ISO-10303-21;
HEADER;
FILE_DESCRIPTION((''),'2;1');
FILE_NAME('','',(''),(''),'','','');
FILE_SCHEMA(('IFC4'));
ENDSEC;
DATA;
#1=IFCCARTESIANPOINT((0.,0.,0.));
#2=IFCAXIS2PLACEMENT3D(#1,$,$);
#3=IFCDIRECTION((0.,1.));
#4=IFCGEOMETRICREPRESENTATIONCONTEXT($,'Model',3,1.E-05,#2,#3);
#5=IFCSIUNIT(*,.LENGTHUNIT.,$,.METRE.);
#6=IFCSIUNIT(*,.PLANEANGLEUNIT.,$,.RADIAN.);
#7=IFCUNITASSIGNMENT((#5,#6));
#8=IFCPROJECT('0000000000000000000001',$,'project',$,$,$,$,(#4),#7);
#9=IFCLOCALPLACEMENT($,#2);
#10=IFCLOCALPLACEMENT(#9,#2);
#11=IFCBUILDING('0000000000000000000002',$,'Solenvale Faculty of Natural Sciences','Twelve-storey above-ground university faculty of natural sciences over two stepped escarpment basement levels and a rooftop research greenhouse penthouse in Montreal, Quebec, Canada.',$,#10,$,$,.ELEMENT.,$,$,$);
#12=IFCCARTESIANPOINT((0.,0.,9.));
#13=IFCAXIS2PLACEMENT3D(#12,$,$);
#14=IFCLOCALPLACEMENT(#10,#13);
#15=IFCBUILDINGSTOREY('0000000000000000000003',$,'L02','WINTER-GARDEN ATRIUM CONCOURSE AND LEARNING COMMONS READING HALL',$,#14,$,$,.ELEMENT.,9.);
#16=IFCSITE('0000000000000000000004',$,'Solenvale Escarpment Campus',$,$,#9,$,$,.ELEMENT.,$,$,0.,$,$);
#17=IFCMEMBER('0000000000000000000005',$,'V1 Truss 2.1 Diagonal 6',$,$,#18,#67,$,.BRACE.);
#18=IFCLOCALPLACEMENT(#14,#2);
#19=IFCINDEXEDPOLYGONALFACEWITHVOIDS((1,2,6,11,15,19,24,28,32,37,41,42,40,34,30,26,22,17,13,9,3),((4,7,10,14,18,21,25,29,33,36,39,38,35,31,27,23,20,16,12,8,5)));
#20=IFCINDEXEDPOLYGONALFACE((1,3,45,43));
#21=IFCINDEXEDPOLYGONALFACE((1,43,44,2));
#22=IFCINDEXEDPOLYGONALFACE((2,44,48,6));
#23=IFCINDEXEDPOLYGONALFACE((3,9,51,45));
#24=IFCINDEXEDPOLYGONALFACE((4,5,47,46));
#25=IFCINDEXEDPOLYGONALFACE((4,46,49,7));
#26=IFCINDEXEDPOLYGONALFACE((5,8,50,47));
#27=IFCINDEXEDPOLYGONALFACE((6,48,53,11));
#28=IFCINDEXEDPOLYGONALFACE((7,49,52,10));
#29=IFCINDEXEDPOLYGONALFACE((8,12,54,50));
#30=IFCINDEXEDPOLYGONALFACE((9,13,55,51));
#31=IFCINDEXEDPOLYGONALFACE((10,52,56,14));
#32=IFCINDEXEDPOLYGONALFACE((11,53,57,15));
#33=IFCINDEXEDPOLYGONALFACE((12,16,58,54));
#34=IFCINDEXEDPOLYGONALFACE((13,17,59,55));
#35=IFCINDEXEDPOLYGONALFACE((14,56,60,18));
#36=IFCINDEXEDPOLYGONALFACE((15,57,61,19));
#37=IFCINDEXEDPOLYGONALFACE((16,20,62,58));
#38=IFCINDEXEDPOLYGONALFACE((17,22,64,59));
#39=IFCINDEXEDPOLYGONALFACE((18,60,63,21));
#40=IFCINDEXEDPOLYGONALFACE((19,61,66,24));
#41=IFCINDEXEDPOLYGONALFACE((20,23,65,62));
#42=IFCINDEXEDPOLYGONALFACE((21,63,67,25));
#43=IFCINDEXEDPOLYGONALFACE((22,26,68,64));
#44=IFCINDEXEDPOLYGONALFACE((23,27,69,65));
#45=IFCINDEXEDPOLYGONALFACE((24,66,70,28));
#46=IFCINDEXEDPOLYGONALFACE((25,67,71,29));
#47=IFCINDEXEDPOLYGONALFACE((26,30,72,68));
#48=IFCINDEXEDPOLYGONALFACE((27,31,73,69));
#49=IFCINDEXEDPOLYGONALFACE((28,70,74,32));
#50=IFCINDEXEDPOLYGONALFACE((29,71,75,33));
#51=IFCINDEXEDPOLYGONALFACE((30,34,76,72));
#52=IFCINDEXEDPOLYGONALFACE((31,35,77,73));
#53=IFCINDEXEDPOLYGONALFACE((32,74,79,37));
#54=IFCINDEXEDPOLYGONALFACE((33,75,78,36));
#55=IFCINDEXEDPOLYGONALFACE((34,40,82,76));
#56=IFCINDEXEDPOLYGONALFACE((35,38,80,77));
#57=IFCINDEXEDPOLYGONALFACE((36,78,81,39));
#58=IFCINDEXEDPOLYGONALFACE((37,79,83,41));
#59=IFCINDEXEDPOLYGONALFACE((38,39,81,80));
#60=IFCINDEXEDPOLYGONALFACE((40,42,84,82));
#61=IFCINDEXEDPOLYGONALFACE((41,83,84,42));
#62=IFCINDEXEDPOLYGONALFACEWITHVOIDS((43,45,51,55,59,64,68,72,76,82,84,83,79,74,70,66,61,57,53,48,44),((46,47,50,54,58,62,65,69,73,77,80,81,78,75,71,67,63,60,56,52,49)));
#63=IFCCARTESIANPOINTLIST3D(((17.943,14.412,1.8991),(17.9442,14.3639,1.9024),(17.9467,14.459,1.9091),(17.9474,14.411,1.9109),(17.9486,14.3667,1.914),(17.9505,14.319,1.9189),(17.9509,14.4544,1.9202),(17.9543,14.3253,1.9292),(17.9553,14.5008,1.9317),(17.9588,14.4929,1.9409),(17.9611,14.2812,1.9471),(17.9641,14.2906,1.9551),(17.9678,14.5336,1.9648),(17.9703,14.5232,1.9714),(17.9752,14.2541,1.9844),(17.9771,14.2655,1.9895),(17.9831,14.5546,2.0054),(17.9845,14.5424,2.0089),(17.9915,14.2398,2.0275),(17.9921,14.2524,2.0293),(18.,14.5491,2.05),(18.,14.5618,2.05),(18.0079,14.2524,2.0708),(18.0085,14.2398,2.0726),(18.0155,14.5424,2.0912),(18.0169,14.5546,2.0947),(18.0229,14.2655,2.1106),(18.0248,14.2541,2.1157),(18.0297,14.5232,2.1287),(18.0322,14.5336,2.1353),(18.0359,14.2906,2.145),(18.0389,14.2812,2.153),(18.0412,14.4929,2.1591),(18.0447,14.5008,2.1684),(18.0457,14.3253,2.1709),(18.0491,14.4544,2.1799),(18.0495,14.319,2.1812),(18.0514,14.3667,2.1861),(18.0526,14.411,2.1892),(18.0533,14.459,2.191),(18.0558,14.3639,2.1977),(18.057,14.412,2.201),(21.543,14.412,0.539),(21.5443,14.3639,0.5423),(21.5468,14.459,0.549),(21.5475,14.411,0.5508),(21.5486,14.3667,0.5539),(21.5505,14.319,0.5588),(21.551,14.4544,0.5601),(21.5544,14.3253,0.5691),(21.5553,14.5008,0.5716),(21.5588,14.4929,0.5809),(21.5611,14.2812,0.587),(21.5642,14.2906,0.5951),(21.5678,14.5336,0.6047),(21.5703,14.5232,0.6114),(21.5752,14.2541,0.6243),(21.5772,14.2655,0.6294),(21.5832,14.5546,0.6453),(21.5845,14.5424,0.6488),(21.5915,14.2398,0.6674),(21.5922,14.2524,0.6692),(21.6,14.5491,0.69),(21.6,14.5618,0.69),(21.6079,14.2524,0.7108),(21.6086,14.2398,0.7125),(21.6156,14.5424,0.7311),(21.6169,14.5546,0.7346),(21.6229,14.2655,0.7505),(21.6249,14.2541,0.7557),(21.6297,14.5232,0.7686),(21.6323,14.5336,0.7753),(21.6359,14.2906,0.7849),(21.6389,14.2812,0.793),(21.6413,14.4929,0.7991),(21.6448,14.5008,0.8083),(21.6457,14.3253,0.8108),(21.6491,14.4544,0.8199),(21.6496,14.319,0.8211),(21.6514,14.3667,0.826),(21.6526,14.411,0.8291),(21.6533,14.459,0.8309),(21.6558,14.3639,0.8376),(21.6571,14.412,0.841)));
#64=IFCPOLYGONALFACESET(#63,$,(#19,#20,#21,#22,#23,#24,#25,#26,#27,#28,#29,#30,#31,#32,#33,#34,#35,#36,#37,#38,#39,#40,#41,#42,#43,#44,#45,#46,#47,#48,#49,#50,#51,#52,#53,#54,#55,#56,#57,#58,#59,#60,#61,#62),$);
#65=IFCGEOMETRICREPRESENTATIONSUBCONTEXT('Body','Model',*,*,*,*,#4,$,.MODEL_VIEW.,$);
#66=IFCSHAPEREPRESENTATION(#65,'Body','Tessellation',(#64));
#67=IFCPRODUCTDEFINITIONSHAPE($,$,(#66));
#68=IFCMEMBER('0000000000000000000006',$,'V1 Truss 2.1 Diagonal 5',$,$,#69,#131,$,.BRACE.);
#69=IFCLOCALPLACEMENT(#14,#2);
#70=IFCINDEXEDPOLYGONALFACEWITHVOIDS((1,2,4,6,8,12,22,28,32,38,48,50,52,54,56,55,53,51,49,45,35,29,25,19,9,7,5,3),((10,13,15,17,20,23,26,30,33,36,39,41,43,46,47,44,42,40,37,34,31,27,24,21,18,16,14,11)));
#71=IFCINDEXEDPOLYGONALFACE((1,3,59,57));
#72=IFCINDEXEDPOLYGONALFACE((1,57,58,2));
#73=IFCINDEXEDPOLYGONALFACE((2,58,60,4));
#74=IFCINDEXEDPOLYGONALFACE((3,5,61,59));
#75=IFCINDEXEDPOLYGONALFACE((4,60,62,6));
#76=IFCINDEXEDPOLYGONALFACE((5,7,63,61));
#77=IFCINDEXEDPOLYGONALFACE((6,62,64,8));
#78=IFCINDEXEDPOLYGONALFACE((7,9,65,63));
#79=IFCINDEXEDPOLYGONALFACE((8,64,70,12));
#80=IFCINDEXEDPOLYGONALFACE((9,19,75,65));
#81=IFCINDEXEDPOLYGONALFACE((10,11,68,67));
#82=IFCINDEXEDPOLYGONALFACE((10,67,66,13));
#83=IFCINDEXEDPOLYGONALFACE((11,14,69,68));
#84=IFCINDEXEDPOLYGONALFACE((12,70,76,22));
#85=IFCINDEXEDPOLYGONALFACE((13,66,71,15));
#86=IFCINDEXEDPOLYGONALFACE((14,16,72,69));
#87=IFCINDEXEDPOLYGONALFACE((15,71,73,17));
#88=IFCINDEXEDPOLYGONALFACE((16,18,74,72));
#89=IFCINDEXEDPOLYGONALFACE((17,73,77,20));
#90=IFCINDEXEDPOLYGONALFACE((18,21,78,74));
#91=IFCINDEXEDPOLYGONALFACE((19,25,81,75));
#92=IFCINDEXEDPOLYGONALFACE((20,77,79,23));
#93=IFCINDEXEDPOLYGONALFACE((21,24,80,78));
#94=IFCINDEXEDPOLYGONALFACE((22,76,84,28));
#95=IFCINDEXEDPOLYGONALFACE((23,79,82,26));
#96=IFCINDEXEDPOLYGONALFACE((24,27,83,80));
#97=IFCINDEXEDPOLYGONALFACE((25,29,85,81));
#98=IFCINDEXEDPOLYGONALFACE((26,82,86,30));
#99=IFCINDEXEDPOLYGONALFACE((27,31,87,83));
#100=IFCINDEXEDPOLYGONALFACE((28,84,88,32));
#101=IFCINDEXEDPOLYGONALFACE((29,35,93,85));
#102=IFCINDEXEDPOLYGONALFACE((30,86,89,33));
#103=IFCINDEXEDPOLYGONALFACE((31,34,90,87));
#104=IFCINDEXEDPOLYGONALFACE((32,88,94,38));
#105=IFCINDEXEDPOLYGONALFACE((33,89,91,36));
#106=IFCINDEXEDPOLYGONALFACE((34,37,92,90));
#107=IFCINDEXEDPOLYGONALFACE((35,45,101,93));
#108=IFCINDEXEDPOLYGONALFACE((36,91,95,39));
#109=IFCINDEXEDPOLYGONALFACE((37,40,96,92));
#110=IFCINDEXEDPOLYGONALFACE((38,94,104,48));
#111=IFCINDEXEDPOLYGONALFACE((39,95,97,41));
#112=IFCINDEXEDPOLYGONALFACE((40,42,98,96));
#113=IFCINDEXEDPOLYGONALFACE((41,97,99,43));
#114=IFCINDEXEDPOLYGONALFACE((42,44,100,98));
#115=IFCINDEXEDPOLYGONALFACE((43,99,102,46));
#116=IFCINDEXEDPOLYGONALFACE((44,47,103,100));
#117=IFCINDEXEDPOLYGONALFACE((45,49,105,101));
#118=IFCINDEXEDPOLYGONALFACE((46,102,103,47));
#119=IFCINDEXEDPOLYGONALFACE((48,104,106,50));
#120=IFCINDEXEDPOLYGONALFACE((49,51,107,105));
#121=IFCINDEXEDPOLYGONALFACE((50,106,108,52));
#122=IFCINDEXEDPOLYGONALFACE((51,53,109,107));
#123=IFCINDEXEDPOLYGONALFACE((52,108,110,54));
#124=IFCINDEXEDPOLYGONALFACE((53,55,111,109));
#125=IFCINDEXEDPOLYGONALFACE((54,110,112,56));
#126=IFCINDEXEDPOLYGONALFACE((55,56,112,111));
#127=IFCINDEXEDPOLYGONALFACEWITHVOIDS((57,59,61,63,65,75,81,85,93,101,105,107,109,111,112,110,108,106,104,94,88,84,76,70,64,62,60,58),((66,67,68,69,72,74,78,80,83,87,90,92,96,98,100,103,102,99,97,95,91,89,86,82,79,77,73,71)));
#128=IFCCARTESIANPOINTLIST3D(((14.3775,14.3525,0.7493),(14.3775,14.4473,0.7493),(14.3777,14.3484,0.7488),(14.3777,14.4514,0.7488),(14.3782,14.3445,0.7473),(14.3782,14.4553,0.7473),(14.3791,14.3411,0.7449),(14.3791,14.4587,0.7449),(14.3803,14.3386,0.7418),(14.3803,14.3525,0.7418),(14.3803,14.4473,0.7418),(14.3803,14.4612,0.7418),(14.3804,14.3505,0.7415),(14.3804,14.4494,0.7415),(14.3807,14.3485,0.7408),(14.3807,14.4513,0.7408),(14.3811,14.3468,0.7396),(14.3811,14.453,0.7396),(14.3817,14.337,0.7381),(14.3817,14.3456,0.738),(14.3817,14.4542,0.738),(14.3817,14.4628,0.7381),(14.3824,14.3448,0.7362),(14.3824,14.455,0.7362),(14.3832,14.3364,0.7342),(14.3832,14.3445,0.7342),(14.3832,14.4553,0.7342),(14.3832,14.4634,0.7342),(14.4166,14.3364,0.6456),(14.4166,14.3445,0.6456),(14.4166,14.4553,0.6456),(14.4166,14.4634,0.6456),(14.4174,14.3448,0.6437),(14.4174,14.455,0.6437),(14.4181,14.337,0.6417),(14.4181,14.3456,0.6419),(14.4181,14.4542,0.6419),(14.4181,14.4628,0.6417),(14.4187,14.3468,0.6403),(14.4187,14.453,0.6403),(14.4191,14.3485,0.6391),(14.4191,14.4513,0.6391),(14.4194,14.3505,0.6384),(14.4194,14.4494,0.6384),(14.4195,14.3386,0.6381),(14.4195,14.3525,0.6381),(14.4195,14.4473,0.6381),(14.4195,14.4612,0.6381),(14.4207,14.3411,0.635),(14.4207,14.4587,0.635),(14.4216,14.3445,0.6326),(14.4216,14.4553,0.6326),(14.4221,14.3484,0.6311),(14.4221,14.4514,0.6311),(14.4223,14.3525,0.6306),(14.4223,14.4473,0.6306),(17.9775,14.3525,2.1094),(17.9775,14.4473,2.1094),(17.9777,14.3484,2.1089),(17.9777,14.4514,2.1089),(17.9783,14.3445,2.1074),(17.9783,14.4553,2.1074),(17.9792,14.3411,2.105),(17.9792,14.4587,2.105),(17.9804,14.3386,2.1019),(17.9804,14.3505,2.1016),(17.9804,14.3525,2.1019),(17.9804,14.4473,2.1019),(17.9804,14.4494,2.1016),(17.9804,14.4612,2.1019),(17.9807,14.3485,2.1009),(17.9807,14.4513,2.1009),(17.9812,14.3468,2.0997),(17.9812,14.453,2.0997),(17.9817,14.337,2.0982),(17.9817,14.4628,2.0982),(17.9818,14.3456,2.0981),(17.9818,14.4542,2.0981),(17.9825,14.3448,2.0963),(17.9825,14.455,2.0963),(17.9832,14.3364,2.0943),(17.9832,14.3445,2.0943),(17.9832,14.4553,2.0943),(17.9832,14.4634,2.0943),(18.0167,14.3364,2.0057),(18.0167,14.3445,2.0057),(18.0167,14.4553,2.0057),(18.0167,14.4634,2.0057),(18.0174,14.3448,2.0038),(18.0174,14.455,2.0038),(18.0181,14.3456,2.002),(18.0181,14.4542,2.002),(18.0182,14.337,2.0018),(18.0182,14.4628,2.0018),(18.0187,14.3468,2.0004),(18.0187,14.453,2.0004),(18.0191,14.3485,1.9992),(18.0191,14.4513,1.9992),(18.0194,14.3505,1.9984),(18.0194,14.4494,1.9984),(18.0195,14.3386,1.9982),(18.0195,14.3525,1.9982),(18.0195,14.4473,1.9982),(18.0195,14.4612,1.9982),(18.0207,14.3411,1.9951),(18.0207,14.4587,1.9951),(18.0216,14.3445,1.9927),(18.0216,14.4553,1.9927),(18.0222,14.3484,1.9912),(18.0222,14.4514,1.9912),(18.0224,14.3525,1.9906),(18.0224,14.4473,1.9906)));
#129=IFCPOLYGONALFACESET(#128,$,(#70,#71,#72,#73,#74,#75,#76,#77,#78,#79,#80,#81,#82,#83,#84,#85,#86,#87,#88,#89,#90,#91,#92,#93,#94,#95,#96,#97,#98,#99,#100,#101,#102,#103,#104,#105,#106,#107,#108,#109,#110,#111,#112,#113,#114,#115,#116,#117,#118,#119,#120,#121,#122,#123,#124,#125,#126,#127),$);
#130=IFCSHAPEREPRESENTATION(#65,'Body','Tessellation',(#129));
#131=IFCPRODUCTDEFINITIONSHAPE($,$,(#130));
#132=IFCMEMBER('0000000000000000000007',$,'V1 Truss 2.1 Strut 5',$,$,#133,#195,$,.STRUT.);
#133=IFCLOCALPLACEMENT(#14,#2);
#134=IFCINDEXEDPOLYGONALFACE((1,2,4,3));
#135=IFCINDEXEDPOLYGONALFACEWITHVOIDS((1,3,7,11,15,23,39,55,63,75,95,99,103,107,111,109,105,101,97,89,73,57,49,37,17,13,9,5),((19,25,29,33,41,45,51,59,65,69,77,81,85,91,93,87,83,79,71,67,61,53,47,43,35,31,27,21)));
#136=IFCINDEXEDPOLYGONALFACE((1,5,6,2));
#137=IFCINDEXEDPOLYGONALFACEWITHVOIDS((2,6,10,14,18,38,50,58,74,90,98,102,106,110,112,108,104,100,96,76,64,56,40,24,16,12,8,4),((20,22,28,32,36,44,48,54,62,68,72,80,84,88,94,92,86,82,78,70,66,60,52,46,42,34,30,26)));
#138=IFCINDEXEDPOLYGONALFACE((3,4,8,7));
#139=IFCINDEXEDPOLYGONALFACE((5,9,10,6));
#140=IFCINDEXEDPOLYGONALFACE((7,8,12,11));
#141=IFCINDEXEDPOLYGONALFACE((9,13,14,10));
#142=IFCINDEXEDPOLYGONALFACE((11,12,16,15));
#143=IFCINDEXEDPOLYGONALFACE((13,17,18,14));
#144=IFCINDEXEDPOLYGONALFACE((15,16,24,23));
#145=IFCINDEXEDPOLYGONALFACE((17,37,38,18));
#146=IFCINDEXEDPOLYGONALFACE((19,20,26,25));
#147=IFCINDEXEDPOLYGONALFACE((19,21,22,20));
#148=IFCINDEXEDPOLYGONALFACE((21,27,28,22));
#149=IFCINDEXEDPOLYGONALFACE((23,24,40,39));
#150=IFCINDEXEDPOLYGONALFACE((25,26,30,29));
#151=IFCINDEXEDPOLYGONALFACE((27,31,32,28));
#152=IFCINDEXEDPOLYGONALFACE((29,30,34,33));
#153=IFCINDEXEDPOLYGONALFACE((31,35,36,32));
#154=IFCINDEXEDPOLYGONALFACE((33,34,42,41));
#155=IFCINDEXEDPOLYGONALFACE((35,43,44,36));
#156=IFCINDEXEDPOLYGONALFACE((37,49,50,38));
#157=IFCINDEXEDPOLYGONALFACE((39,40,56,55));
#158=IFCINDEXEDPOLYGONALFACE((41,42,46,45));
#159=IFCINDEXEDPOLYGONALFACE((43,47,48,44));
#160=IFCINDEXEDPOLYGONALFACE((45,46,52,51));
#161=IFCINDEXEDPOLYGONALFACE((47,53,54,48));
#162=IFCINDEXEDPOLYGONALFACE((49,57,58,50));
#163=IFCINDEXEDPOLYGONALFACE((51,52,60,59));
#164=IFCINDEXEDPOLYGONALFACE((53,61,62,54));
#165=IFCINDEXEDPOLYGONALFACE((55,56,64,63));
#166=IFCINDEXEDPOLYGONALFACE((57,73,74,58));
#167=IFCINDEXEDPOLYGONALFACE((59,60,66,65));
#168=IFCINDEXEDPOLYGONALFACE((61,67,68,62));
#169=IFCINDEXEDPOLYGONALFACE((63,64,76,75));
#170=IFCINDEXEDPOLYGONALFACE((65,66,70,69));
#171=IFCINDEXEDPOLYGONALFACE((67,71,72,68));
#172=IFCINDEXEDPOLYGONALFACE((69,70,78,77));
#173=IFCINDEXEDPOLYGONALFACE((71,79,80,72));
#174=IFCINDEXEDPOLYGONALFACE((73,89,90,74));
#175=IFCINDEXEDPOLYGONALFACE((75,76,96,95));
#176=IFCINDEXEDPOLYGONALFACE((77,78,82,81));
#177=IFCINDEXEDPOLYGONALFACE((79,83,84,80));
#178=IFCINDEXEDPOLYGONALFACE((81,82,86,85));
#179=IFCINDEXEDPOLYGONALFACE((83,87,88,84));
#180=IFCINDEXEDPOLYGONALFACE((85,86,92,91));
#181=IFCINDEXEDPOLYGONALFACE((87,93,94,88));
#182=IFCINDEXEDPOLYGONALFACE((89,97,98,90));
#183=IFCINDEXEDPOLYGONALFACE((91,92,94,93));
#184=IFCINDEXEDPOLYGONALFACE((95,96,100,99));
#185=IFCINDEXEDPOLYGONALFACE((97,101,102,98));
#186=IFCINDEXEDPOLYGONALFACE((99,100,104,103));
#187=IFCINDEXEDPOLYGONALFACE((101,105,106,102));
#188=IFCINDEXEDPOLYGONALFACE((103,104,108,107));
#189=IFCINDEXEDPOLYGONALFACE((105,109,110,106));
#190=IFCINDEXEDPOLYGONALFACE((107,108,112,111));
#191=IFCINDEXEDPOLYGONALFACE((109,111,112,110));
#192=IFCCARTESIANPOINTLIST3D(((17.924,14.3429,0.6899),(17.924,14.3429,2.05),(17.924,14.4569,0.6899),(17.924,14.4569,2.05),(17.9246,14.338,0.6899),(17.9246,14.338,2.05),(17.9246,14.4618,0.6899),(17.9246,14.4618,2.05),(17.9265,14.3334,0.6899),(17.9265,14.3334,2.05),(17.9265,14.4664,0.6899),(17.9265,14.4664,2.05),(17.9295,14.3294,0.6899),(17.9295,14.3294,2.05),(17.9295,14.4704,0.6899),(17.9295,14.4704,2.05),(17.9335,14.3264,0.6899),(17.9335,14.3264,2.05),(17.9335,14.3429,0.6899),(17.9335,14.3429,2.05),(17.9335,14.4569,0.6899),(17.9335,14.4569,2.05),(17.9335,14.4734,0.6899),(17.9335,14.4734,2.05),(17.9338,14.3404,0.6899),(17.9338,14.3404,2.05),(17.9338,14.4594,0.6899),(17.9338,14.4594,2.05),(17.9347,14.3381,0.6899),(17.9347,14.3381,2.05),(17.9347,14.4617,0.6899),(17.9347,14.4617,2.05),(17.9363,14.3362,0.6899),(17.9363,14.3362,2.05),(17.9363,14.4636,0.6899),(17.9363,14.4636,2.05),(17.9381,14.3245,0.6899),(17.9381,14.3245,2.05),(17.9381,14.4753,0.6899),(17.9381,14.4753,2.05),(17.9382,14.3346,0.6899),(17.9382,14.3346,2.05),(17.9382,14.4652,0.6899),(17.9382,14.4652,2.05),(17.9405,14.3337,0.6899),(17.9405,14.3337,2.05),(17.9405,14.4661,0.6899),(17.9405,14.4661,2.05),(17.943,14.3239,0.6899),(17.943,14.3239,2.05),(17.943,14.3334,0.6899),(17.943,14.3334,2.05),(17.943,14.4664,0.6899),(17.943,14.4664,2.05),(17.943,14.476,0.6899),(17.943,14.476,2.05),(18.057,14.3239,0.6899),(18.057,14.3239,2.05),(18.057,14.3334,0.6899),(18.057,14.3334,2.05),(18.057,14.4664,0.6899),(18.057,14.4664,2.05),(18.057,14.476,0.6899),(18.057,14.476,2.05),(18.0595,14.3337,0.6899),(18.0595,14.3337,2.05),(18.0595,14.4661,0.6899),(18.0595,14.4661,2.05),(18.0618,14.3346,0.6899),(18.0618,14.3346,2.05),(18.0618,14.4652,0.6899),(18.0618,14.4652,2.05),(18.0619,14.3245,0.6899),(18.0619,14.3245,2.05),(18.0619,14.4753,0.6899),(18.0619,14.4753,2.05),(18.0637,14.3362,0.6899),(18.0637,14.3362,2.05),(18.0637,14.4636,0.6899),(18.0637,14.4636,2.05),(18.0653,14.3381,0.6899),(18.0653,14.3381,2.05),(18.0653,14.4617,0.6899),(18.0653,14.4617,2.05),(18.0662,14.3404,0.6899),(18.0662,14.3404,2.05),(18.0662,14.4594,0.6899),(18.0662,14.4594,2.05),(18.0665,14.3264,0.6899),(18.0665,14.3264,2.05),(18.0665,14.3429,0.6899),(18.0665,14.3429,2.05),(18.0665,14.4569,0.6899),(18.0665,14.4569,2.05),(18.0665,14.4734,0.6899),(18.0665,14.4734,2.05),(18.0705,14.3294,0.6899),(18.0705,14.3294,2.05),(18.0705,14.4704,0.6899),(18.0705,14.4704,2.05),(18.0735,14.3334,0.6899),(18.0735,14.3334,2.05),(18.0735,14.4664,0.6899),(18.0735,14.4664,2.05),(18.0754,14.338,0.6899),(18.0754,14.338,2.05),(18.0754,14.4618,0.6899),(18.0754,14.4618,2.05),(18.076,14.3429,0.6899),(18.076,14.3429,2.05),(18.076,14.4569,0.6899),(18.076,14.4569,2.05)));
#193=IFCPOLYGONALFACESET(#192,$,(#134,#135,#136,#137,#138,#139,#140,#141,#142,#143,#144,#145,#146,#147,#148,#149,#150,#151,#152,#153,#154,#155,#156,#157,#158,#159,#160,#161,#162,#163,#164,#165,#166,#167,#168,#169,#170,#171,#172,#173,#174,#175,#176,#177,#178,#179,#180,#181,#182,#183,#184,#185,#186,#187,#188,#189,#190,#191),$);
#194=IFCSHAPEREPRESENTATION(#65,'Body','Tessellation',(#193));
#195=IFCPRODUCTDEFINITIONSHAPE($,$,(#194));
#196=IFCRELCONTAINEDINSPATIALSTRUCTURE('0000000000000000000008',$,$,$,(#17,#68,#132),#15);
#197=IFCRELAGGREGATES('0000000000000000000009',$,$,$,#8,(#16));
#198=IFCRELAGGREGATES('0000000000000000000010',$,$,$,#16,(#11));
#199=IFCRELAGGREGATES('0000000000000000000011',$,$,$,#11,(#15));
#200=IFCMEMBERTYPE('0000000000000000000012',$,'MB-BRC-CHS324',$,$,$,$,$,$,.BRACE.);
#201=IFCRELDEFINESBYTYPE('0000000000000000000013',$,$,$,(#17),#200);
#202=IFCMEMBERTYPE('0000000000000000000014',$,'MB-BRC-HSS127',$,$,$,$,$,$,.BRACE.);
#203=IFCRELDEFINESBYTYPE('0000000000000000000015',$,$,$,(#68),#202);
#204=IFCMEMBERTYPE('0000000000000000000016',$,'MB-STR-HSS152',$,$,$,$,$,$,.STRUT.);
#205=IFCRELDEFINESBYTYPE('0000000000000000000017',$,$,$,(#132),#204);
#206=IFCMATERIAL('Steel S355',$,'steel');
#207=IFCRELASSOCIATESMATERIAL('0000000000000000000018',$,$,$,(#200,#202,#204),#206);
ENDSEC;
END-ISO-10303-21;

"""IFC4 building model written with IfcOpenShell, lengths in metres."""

from ifc_helpers import new_model, si_unit, direction, frame, origin, origin_2d, place, context, subcontext, project, spatial, hollow_rectangle, hollow_circle, extrude, material, material_profile, profile_set, type_object, element, save


model = new_model("IFC4")

# Units and contexts
model_context = context("Model", 3, precision=1e-05, world=origin(), true_north=direction((0.0, 1.0)))
body_context = subcontext(model_context, "Body", "Model", "MODEL_VIEW")
ifc_project = project(units=[si_unit("LENGTHUNIT", "METRE"), si_unit("PLANEANGLEUNIT", "RADIAN")], contexts=[model_context])

# Site, building, storey
site_placement = place(None, origin())
site = spatial("IfcSite", under=ifc_project, at=site_placement, Name="Solenvale Escarpment Campus", CompositionType="ELEMENT", RefElevation=0.0)
building_placement = place(site_placement, origin())
building = spatial("IfcBuilding", under=site, at=building_placement, Name="Solenvale Faculty of Natural Sciences", Description="Twelve-storey above-ground university faculty of natural sciences over two stepped escarpment basement levels and a rooftop research greenhouse penthouse in Montreal, Quebec, Canada.", CompositionType="ELEMENT")
storey_placement = place(building_placement, frame((0.0, 0.0, 9.0)))
storey = spatial("IfcBuildingStorey", under=building, at=storey_placement, Name="L02", Description="WINTER-GARDEN ATRIUM CONCOURSE AND LEARNING COMMONS READING HALL", CompositionType="ELEMENT", Elevation=9.0)

# Members
ifc_material_1 = material(Name="Steel S355", Category="steel")
ifc_material_profile_1 = material_profile(ifc_material_1, hollow_circle(Radius=0.1619, WallThickness=0.0127, at=origin_2d()), Name="HSS324x13")
ifc_profile_set_1 = profile_set([ifc_material_profile_1], Name="Steel S355")
member_type_1 = type_object("IfcMemberType", Name="MB-BRC-CHS324", PredefinedType="BRACE", material=ifc_profile_set_1)
member_1_placement = place(storey_placement, frame((18.0, 14.3999, 2.05), z_axis=(0.935466, 0.0, -0.353417), x_axis=(0.0, 1.0, 0.0)))
element("IfcMember", 1, at=member_1_placement, inside=storey, type_object=member_type_1, Name="V1 Truss 2.1 Diagonal 6", PredefinedType="BRACE", context=body_context, shape_type="SweptSolid", body=[
    extrude(hollow_circle(Radius=0.1619, WallThickness=0.0127, at=origin_2d()), origin(), (0.0, 0.0, 1.0), 3.8484),
])
ifc_material_profile_2 = material_profile(ifc_material_1, hollow_rectangle(XDim=0.127, YDim=0.127, WallThickness=0.0081, InnerFilletRadius=0.0081, OuterFilletRadius=0.0161, at=origin_2d()), Name="HSS127x127x8.0")
ifc_profile_set_2 = profile_set([ifc_material_profile_2], Name="Steel S355")
member_type_2 = type_object("IfcMemberType", Name="MB-BRC-HSS127", PredefinedType="BRACE", material=ifc_profile_set_2)
member_2_placement = place(storey_placement, frame((14.3999, 14.3999, 0.6899), z_axis=(0.935466, 0.0, 0.353417), x_axis=(0.0, 1.0, 0.0)))
element("IfcMember", 2, at=member_2_placement, inside=storey, type_object=member_type_2, Name="V1 Truss 2.1 Diagonal 5", PredefinedType="BRACE", context=body_context, shape_type="SweptSolid", body=[
    extrude(hollow_rectangle(XDim=0.127, YDim=0.127, WallThickness=0.0081, InnerFilletRadius=0.0081, OuterFilletRadius=0.0161, at=origin_2d()), origin(), (0.0, 0.0, 1.0), 3.8484),
])
ifc_material_profile_3 = material_profile(ifc_material_1, hollow_rectangle(XDim=0.1521, YDim=0.1521, WallThickness=0.0095, InnerFilletRadius=0.0095, OuterFilletRadius=0.019, at=origin_2d()), Name="HSS152x152x9.5")
ifc_profile_set_3 = profile_set([ifc_material_profile_3], Name="Steel S355")
member_type_3 = type_object("IfcMemberType", Name="MB-STR-HSS152", PredefinedType="STRUT", material=ifc_profile_set_3)
member_3_placement = place(storey_placement, frame((18.0, 14.3999, 0.6899), z_axis=(0.0, 0.0, 1.0), x_axis=(1.0, 0.0, 0.0)))
element("IfcMember", 3, at=member_3_placement, inside=storey, type_object=member_type_3, Name="V1 Truss 2.1 Strut 5", PredefinedType="STRUT", context=body_context, shape_type="SweptSolid", body=[
    extrude(hollow_rectangle(XDim=0.1521, YDim=0.1521, WallThickness=0.0095, InnerFilletRadius=0.0095, OuterFilletRadius=0.019, at=origin_2d()), origin(), (0.0, 0.0, 1.0), 1.3601),
])

save(model, "model.ifc")
